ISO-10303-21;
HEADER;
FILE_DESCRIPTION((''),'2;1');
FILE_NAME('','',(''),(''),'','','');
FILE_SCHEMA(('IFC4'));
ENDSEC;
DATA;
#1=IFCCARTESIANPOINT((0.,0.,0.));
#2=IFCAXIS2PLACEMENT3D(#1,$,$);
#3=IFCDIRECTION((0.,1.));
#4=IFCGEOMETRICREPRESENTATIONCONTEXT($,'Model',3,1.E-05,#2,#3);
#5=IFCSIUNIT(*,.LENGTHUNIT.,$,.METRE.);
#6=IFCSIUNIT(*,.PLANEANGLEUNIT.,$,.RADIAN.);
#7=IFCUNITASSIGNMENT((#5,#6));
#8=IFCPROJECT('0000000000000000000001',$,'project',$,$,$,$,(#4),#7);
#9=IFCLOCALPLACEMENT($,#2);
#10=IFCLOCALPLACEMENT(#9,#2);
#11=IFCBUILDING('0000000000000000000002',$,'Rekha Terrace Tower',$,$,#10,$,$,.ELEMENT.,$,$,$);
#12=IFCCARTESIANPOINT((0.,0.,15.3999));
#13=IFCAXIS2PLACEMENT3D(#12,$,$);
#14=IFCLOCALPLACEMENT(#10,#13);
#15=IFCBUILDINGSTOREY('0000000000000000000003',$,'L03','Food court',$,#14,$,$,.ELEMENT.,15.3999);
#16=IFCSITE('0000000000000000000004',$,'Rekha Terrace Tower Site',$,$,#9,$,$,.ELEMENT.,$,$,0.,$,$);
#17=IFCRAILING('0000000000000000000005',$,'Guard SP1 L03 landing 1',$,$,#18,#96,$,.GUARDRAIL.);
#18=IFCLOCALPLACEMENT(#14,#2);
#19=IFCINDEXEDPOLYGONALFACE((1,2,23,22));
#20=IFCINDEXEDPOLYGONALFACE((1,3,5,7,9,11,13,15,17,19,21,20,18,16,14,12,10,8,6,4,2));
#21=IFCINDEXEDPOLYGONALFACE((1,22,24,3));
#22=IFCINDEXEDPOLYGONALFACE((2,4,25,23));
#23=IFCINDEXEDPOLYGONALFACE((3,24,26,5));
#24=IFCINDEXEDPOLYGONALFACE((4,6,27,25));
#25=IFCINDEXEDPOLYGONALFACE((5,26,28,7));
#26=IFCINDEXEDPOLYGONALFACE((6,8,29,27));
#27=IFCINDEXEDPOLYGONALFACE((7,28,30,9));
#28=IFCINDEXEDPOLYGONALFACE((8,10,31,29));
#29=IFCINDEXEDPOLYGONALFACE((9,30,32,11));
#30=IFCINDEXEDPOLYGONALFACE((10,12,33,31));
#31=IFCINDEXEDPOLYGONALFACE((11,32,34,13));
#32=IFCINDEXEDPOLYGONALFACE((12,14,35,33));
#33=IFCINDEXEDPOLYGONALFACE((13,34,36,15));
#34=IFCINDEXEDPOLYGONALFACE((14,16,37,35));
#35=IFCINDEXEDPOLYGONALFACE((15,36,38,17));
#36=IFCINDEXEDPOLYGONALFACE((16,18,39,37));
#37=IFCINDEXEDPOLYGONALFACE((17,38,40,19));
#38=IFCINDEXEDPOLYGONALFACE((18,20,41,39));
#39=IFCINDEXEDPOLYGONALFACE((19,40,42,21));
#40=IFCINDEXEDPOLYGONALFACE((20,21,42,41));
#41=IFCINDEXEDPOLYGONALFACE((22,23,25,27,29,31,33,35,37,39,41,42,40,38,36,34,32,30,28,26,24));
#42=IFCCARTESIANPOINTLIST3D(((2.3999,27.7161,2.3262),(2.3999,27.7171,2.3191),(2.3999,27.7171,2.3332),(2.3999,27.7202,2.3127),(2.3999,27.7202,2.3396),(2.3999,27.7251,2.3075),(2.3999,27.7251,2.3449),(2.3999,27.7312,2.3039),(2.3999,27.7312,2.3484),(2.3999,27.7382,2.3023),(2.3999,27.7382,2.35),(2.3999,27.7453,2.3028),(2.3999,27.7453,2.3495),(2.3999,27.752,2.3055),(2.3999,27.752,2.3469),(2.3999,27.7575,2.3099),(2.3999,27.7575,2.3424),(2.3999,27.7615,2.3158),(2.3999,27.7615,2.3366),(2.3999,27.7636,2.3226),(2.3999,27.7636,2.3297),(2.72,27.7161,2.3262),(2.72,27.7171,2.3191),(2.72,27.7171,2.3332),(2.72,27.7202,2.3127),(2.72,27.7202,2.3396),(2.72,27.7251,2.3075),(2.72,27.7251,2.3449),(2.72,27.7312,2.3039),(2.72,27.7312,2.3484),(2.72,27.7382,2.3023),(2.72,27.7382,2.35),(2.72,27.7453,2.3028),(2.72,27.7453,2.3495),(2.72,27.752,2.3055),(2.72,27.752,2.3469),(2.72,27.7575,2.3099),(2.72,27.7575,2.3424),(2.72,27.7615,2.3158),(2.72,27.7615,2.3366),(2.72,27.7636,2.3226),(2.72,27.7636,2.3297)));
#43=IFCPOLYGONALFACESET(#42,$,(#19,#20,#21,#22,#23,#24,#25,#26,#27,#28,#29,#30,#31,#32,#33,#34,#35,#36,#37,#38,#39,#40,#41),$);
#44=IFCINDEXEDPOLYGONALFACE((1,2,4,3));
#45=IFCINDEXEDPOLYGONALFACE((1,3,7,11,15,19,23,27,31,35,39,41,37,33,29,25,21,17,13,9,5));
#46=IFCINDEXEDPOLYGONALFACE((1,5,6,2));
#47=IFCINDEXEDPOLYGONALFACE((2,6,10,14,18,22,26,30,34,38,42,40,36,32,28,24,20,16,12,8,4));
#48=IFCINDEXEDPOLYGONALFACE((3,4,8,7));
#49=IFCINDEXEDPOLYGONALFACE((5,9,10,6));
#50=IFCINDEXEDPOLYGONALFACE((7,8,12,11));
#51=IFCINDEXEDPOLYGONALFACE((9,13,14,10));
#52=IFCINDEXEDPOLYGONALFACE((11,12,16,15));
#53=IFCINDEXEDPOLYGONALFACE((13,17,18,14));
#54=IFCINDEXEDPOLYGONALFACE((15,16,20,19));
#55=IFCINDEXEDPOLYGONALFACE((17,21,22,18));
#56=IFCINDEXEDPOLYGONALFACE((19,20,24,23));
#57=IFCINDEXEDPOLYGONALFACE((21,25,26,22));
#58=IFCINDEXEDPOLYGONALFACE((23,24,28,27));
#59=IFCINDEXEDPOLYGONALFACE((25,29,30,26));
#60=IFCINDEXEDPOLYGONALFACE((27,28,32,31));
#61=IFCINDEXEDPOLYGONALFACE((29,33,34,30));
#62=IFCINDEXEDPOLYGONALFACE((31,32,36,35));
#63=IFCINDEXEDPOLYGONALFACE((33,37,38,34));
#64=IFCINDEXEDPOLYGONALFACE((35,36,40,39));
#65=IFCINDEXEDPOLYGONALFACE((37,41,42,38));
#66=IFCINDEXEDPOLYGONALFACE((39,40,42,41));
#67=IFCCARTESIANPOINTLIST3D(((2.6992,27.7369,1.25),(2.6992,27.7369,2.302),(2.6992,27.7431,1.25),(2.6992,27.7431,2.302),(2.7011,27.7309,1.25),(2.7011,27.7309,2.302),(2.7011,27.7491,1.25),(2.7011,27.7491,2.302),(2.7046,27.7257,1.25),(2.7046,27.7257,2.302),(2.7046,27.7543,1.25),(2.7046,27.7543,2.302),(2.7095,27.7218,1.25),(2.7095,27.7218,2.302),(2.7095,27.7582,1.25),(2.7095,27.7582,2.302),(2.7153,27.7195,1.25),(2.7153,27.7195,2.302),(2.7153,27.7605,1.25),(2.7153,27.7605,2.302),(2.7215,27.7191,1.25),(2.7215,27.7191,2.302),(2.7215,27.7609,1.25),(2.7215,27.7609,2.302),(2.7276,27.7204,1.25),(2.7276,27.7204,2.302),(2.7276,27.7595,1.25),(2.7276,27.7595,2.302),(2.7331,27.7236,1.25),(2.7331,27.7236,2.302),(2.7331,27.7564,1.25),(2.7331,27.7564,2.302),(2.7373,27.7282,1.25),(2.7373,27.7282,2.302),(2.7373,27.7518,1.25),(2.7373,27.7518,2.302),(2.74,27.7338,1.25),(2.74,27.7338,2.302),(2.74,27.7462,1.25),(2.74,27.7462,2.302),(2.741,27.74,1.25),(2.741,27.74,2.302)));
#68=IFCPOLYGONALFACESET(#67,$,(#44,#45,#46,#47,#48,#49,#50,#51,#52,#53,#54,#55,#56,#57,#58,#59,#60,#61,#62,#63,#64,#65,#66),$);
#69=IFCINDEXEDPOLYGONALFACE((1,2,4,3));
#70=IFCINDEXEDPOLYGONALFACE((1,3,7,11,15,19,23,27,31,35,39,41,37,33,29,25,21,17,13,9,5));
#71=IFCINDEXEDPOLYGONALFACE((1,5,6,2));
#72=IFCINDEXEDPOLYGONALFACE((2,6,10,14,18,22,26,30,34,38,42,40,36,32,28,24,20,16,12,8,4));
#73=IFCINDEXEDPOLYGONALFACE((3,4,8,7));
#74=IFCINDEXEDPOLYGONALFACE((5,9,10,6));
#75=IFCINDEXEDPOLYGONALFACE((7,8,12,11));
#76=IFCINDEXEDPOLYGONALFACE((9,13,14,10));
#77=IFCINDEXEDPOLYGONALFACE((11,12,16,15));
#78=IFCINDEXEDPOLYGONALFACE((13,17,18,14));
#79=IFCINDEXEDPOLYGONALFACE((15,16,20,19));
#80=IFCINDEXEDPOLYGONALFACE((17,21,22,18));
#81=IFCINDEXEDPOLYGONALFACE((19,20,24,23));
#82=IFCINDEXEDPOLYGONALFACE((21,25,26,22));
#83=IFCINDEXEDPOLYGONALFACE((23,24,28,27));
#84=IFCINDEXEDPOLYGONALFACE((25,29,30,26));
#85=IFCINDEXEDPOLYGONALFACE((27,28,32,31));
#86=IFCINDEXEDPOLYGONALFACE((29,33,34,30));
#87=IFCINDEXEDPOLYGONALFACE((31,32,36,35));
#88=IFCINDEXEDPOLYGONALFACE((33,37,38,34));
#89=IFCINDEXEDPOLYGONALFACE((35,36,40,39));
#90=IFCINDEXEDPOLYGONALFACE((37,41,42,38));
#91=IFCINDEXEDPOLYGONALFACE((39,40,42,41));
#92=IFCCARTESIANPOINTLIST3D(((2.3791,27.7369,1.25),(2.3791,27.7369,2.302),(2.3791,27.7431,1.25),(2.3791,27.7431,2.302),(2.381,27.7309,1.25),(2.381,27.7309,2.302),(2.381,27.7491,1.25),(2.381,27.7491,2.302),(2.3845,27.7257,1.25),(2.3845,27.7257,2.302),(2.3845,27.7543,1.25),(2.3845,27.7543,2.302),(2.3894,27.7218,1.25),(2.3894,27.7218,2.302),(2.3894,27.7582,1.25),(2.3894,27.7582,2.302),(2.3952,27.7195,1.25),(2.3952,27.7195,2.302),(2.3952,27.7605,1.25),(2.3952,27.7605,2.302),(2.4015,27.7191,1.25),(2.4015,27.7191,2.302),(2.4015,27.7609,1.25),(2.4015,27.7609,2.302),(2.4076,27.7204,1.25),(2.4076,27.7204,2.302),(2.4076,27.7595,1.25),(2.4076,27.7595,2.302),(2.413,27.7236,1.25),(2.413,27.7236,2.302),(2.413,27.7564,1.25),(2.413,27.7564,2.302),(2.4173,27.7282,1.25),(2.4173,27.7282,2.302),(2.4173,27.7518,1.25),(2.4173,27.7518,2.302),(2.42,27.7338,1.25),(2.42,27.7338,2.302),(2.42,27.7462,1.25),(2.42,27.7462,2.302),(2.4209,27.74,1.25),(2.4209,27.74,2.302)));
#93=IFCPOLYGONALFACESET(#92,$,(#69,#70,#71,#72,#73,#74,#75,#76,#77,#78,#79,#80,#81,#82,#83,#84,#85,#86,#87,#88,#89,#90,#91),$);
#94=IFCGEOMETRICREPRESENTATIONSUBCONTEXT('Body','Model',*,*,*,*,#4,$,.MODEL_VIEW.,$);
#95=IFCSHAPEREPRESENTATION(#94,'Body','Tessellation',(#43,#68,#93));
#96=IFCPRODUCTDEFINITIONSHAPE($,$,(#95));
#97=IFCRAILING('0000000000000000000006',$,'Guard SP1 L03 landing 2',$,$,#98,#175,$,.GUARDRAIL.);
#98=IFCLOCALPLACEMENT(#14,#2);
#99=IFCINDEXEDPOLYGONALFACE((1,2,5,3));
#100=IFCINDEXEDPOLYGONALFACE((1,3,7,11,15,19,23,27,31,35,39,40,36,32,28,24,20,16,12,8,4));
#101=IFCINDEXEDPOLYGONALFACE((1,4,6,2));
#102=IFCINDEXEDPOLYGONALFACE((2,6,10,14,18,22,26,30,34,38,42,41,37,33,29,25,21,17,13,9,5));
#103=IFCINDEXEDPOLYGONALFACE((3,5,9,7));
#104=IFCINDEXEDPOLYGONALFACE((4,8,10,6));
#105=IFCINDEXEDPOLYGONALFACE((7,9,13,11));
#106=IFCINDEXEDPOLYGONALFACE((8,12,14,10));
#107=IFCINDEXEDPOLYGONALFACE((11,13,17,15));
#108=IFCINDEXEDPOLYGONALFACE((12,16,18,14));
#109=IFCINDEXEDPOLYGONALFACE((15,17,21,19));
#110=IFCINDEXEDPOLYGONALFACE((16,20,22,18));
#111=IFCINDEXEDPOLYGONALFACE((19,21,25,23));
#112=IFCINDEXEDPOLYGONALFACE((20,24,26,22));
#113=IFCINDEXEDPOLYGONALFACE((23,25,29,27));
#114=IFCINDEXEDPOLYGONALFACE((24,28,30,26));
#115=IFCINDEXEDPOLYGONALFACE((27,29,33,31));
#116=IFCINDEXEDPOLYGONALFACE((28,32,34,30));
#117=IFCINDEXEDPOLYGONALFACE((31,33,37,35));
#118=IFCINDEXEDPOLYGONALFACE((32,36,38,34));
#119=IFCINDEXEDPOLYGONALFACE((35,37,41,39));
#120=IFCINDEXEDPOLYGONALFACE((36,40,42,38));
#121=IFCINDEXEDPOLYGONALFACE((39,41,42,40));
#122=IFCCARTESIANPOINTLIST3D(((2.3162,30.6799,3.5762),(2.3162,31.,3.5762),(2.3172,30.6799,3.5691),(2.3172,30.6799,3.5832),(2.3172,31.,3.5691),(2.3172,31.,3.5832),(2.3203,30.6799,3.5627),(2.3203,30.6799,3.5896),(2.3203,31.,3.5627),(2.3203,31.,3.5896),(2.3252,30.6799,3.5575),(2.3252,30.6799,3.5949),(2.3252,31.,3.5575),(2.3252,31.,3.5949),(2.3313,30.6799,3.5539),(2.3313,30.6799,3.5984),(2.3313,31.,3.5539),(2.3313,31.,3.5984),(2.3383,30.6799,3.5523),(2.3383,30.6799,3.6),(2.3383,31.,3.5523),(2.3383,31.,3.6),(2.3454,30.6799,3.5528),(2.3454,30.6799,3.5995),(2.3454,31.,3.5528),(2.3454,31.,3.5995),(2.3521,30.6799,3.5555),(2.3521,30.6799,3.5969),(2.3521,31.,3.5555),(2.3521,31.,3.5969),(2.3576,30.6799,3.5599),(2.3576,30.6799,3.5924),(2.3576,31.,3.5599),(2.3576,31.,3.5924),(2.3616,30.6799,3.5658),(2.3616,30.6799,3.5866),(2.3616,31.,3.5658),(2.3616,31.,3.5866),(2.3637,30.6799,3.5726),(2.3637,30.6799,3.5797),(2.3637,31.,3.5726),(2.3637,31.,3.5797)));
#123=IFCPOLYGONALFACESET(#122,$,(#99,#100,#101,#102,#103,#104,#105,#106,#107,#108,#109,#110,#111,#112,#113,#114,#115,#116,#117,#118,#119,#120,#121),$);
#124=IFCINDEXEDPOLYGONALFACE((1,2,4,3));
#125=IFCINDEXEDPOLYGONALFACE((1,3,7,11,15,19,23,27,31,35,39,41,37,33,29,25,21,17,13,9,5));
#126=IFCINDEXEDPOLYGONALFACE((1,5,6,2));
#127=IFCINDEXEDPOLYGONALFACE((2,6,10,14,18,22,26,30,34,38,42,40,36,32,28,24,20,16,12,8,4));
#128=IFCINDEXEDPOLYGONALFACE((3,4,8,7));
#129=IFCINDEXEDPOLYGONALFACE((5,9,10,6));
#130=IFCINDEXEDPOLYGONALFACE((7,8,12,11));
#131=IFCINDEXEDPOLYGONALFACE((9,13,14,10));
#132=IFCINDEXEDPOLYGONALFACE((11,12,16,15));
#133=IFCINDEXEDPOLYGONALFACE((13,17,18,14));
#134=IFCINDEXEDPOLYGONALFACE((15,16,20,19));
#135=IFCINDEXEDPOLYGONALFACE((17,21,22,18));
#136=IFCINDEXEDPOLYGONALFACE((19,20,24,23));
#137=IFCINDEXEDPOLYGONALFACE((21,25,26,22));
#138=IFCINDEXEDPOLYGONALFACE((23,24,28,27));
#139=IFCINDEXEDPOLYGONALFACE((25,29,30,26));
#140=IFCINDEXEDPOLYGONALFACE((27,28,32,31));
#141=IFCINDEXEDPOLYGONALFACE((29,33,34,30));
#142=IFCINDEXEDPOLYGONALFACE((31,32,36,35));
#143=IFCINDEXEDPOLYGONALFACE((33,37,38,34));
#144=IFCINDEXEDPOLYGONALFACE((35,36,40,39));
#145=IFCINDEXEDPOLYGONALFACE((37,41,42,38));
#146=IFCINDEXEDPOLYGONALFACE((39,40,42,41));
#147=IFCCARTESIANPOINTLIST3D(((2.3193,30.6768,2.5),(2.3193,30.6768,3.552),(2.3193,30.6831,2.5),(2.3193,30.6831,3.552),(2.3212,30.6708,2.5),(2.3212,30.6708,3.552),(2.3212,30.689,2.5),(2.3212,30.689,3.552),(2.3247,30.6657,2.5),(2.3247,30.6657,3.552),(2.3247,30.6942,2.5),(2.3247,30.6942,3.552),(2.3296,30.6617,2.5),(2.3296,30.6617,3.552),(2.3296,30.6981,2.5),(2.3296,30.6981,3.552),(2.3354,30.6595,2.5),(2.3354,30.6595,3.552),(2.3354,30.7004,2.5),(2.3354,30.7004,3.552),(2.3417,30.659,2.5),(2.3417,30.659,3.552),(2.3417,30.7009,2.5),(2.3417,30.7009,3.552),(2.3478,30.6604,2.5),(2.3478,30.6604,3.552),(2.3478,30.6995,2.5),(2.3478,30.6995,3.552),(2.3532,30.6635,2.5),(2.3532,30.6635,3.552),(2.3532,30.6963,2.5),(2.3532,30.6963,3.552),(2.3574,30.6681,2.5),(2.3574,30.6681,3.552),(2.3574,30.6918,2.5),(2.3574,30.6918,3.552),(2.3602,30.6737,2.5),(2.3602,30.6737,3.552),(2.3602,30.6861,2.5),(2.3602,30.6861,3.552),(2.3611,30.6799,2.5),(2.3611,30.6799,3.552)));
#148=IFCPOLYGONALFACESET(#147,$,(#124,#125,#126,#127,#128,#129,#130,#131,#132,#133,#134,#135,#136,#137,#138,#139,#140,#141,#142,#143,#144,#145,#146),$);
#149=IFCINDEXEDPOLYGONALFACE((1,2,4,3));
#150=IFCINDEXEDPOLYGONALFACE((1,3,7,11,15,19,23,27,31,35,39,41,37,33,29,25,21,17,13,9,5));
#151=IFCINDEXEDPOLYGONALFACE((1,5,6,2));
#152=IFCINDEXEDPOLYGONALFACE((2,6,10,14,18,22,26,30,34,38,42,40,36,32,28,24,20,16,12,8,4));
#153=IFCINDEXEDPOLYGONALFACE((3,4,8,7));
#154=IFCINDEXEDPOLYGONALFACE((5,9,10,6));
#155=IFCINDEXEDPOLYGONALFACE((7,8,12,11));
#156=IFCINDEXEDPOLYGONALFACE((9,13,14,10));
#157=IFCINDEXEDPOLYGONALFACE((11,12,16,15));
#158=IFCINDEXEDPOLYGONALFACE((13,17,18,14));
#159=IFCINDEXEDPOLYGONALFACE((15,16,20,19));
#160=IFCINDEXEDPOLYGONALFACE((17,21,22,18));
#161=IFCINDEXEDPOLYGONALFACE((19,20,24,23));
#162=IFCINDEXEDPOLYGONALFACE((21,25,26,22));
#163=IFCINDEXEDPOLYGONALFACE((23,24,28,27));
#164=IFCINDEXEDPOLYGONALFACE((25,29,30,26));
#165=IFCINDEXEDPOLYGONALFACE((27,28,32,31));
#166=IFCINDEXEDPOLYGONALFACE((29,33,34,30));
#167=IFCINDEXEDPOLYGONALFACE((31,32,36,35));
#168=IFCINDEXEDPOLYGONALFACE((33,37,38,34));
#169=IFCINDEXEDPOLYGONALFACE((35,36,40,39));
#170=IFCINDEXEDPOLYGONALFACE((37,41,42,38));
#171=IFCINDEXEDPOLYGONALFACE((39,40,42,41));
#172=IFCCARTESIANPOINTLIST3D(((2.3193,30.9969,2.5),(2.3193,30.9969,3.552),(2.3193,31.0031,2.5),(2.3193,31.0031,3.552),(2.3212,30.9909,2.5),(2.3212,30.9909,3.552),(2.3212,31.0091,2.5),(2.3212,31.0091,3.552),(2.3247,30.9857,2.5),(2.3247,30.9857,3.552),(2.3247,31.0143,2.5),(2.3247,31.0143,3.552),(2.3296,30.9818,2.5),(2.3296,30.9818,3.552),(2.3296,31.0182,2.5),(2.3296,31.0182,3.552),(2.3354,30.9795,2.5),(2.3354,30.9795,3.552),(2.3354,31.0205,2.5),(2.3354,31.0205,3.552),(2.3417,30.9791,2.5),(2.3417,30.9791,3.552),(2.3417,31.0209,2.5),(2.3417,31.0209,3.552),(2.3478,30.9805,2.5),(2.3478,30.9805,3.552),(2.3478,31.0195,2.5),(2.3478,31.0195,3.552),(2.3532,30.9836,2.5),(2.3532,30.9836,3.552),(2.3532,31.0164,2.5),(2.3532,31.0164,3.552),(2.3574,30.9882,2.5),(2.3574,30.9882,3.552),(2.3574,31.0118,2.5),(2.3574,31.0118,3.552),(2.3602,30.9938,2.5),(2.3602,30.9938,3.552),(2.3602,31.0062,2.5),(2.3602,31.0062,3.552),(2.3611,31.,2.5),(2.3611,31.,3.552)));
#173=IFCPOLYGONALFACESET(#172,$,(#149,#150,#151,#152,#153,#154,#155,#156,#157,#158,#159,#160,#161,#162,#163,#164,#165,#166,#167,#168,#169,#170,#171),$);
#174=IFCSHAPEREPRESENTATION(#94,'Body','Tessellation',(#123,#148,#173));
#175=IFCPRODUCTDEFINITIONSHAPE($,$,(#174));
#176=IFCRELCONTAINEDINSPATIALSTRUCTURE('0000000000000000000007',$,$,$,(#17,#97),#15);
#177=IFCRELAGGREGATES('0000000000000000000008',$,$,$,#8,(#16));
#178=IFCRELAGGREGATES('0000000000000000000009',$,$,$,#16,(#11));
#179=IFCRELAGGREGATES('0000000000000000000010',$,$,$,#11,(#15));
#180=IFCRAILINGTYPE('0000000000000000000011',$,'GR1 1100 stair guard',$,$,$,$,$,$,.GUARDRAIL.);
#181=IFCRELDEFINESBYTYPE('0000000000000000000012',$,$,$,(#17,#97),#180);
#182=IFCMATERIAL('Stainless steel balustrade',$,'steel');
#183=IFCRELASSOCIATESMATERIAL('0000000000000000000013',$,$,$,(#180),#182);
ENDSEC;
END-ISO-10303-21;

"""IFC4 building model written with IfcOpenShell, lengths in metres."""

from ifc_helpers import new_model, si_unit, direction, frame, origin, origin_2d, place, context, subcontext, project, spatial, circle, extrude, material, type_object, element, save


model = new_model("IFC4")

# Units and contexts
model_context = context("Model", 3, precision=1e-05, world=origin(), true_north=direction((0.0, 1.0)))
body_context = subcontext(model_context, "Body", "Model", "MODEL_VIEW")
ifc_project = project(units=[si_unit("LENGTHUNIT", "METRE"), si_unit("PLANEANGLEUNIT", "RADIAN")], contexts=[model_context])

# Site, building, storey
site_placement = place(None, origin())
site = spatial("IfcSite", under=ifc_project, at=site_placement, Name="Rekha Terrace Tower Site", CompositionType="ELEMENT", RefElevation=0.0)
building_placement = place(site_placement, origin())
building = spatial("IfcBuilding", under=site, at=building_placement, Name="Rekha Terrace Tower", CompositionType="ELEMENT")
storey_placement = place(building_placement, frame((0.0, 0.0, 15.3999)))
storey = spatial("IfcBuildingStorey", under=building, at=storey_placement, Name="L03", Description="Food court", CompositionType="ELEMENT", Elevation=15.3999)

# Railings
ifc_material_1 = material(Name="Stainless steel balustrade", Category="steel")
railing_type_1 = type_object("IfcRailingType", Name="GR1 1100 stair guard", PredefinedType="GUARDRAIL", material=ifc_material_1)
railing_1_placement = place(storey_placement, frame((2.72, 27.74, 1.25)))
element("IfcRailing", 1, at=railing_1_placement, inside=storey, type_object=railing_type_1, Name="Guard SP1 L03 landing 1", PredefinedType="GUARDRAIL", context=body_context, shape_type="SweptSolid", body=[
    extrude(circle(Radius=0.0239, at=origin_2d()), frame((0.0, 0.0, 1.0762), z_axis=(-1.0, 0.0, 0.0), x_axis=(0.0, -1.0, 0.0)), (0.0, 0.0, 1.0), 0.3201),
    extrude(circle(Radius=0.021, at=origin_2d()), origin(), (0.0, 0.0, 1.0), 1.052),
    extrude(circle(Radius=0.021, at=origin_2d()), frame((-0.3201, 0.0, 0.0)), (0.0, 0.0, 1.0), 1.052),
])
for number, where, name in (
    (2, (2.3401, 30.6799, 2.5), "Guard SP1 L03 landing 2"),
):
    element("IfcRailing", number, at=place(storey_placement, frame(where)), inside=storey, type_object=railing_type_1, Name=name, PredefinedType="GUARDRAIL", context=body_context, shape_type="SweptSolid", body=[
        extrude(circle(Radius=0.0239, at=origin_2d()), frame((0.0, 0.0, 1.0762), z_axis=(0.0, 1.0, 0.0), x_axis=(-1.0, 0.0, 0.0)), (0.0, 0.0, 1.0), 0.3201),
        extrude(circle(Radius=0.021, at=origin_2d()), origin(), (0.0, 0.0, 1.0), 1.052),
        extrude(circle(Radius=0.021, at=origin_2d()), frame((0.0, 0.3201, 0.0)), (0.0, 0.0, 1.0), 1.052),
    ])

save(model, "model.ifc")
